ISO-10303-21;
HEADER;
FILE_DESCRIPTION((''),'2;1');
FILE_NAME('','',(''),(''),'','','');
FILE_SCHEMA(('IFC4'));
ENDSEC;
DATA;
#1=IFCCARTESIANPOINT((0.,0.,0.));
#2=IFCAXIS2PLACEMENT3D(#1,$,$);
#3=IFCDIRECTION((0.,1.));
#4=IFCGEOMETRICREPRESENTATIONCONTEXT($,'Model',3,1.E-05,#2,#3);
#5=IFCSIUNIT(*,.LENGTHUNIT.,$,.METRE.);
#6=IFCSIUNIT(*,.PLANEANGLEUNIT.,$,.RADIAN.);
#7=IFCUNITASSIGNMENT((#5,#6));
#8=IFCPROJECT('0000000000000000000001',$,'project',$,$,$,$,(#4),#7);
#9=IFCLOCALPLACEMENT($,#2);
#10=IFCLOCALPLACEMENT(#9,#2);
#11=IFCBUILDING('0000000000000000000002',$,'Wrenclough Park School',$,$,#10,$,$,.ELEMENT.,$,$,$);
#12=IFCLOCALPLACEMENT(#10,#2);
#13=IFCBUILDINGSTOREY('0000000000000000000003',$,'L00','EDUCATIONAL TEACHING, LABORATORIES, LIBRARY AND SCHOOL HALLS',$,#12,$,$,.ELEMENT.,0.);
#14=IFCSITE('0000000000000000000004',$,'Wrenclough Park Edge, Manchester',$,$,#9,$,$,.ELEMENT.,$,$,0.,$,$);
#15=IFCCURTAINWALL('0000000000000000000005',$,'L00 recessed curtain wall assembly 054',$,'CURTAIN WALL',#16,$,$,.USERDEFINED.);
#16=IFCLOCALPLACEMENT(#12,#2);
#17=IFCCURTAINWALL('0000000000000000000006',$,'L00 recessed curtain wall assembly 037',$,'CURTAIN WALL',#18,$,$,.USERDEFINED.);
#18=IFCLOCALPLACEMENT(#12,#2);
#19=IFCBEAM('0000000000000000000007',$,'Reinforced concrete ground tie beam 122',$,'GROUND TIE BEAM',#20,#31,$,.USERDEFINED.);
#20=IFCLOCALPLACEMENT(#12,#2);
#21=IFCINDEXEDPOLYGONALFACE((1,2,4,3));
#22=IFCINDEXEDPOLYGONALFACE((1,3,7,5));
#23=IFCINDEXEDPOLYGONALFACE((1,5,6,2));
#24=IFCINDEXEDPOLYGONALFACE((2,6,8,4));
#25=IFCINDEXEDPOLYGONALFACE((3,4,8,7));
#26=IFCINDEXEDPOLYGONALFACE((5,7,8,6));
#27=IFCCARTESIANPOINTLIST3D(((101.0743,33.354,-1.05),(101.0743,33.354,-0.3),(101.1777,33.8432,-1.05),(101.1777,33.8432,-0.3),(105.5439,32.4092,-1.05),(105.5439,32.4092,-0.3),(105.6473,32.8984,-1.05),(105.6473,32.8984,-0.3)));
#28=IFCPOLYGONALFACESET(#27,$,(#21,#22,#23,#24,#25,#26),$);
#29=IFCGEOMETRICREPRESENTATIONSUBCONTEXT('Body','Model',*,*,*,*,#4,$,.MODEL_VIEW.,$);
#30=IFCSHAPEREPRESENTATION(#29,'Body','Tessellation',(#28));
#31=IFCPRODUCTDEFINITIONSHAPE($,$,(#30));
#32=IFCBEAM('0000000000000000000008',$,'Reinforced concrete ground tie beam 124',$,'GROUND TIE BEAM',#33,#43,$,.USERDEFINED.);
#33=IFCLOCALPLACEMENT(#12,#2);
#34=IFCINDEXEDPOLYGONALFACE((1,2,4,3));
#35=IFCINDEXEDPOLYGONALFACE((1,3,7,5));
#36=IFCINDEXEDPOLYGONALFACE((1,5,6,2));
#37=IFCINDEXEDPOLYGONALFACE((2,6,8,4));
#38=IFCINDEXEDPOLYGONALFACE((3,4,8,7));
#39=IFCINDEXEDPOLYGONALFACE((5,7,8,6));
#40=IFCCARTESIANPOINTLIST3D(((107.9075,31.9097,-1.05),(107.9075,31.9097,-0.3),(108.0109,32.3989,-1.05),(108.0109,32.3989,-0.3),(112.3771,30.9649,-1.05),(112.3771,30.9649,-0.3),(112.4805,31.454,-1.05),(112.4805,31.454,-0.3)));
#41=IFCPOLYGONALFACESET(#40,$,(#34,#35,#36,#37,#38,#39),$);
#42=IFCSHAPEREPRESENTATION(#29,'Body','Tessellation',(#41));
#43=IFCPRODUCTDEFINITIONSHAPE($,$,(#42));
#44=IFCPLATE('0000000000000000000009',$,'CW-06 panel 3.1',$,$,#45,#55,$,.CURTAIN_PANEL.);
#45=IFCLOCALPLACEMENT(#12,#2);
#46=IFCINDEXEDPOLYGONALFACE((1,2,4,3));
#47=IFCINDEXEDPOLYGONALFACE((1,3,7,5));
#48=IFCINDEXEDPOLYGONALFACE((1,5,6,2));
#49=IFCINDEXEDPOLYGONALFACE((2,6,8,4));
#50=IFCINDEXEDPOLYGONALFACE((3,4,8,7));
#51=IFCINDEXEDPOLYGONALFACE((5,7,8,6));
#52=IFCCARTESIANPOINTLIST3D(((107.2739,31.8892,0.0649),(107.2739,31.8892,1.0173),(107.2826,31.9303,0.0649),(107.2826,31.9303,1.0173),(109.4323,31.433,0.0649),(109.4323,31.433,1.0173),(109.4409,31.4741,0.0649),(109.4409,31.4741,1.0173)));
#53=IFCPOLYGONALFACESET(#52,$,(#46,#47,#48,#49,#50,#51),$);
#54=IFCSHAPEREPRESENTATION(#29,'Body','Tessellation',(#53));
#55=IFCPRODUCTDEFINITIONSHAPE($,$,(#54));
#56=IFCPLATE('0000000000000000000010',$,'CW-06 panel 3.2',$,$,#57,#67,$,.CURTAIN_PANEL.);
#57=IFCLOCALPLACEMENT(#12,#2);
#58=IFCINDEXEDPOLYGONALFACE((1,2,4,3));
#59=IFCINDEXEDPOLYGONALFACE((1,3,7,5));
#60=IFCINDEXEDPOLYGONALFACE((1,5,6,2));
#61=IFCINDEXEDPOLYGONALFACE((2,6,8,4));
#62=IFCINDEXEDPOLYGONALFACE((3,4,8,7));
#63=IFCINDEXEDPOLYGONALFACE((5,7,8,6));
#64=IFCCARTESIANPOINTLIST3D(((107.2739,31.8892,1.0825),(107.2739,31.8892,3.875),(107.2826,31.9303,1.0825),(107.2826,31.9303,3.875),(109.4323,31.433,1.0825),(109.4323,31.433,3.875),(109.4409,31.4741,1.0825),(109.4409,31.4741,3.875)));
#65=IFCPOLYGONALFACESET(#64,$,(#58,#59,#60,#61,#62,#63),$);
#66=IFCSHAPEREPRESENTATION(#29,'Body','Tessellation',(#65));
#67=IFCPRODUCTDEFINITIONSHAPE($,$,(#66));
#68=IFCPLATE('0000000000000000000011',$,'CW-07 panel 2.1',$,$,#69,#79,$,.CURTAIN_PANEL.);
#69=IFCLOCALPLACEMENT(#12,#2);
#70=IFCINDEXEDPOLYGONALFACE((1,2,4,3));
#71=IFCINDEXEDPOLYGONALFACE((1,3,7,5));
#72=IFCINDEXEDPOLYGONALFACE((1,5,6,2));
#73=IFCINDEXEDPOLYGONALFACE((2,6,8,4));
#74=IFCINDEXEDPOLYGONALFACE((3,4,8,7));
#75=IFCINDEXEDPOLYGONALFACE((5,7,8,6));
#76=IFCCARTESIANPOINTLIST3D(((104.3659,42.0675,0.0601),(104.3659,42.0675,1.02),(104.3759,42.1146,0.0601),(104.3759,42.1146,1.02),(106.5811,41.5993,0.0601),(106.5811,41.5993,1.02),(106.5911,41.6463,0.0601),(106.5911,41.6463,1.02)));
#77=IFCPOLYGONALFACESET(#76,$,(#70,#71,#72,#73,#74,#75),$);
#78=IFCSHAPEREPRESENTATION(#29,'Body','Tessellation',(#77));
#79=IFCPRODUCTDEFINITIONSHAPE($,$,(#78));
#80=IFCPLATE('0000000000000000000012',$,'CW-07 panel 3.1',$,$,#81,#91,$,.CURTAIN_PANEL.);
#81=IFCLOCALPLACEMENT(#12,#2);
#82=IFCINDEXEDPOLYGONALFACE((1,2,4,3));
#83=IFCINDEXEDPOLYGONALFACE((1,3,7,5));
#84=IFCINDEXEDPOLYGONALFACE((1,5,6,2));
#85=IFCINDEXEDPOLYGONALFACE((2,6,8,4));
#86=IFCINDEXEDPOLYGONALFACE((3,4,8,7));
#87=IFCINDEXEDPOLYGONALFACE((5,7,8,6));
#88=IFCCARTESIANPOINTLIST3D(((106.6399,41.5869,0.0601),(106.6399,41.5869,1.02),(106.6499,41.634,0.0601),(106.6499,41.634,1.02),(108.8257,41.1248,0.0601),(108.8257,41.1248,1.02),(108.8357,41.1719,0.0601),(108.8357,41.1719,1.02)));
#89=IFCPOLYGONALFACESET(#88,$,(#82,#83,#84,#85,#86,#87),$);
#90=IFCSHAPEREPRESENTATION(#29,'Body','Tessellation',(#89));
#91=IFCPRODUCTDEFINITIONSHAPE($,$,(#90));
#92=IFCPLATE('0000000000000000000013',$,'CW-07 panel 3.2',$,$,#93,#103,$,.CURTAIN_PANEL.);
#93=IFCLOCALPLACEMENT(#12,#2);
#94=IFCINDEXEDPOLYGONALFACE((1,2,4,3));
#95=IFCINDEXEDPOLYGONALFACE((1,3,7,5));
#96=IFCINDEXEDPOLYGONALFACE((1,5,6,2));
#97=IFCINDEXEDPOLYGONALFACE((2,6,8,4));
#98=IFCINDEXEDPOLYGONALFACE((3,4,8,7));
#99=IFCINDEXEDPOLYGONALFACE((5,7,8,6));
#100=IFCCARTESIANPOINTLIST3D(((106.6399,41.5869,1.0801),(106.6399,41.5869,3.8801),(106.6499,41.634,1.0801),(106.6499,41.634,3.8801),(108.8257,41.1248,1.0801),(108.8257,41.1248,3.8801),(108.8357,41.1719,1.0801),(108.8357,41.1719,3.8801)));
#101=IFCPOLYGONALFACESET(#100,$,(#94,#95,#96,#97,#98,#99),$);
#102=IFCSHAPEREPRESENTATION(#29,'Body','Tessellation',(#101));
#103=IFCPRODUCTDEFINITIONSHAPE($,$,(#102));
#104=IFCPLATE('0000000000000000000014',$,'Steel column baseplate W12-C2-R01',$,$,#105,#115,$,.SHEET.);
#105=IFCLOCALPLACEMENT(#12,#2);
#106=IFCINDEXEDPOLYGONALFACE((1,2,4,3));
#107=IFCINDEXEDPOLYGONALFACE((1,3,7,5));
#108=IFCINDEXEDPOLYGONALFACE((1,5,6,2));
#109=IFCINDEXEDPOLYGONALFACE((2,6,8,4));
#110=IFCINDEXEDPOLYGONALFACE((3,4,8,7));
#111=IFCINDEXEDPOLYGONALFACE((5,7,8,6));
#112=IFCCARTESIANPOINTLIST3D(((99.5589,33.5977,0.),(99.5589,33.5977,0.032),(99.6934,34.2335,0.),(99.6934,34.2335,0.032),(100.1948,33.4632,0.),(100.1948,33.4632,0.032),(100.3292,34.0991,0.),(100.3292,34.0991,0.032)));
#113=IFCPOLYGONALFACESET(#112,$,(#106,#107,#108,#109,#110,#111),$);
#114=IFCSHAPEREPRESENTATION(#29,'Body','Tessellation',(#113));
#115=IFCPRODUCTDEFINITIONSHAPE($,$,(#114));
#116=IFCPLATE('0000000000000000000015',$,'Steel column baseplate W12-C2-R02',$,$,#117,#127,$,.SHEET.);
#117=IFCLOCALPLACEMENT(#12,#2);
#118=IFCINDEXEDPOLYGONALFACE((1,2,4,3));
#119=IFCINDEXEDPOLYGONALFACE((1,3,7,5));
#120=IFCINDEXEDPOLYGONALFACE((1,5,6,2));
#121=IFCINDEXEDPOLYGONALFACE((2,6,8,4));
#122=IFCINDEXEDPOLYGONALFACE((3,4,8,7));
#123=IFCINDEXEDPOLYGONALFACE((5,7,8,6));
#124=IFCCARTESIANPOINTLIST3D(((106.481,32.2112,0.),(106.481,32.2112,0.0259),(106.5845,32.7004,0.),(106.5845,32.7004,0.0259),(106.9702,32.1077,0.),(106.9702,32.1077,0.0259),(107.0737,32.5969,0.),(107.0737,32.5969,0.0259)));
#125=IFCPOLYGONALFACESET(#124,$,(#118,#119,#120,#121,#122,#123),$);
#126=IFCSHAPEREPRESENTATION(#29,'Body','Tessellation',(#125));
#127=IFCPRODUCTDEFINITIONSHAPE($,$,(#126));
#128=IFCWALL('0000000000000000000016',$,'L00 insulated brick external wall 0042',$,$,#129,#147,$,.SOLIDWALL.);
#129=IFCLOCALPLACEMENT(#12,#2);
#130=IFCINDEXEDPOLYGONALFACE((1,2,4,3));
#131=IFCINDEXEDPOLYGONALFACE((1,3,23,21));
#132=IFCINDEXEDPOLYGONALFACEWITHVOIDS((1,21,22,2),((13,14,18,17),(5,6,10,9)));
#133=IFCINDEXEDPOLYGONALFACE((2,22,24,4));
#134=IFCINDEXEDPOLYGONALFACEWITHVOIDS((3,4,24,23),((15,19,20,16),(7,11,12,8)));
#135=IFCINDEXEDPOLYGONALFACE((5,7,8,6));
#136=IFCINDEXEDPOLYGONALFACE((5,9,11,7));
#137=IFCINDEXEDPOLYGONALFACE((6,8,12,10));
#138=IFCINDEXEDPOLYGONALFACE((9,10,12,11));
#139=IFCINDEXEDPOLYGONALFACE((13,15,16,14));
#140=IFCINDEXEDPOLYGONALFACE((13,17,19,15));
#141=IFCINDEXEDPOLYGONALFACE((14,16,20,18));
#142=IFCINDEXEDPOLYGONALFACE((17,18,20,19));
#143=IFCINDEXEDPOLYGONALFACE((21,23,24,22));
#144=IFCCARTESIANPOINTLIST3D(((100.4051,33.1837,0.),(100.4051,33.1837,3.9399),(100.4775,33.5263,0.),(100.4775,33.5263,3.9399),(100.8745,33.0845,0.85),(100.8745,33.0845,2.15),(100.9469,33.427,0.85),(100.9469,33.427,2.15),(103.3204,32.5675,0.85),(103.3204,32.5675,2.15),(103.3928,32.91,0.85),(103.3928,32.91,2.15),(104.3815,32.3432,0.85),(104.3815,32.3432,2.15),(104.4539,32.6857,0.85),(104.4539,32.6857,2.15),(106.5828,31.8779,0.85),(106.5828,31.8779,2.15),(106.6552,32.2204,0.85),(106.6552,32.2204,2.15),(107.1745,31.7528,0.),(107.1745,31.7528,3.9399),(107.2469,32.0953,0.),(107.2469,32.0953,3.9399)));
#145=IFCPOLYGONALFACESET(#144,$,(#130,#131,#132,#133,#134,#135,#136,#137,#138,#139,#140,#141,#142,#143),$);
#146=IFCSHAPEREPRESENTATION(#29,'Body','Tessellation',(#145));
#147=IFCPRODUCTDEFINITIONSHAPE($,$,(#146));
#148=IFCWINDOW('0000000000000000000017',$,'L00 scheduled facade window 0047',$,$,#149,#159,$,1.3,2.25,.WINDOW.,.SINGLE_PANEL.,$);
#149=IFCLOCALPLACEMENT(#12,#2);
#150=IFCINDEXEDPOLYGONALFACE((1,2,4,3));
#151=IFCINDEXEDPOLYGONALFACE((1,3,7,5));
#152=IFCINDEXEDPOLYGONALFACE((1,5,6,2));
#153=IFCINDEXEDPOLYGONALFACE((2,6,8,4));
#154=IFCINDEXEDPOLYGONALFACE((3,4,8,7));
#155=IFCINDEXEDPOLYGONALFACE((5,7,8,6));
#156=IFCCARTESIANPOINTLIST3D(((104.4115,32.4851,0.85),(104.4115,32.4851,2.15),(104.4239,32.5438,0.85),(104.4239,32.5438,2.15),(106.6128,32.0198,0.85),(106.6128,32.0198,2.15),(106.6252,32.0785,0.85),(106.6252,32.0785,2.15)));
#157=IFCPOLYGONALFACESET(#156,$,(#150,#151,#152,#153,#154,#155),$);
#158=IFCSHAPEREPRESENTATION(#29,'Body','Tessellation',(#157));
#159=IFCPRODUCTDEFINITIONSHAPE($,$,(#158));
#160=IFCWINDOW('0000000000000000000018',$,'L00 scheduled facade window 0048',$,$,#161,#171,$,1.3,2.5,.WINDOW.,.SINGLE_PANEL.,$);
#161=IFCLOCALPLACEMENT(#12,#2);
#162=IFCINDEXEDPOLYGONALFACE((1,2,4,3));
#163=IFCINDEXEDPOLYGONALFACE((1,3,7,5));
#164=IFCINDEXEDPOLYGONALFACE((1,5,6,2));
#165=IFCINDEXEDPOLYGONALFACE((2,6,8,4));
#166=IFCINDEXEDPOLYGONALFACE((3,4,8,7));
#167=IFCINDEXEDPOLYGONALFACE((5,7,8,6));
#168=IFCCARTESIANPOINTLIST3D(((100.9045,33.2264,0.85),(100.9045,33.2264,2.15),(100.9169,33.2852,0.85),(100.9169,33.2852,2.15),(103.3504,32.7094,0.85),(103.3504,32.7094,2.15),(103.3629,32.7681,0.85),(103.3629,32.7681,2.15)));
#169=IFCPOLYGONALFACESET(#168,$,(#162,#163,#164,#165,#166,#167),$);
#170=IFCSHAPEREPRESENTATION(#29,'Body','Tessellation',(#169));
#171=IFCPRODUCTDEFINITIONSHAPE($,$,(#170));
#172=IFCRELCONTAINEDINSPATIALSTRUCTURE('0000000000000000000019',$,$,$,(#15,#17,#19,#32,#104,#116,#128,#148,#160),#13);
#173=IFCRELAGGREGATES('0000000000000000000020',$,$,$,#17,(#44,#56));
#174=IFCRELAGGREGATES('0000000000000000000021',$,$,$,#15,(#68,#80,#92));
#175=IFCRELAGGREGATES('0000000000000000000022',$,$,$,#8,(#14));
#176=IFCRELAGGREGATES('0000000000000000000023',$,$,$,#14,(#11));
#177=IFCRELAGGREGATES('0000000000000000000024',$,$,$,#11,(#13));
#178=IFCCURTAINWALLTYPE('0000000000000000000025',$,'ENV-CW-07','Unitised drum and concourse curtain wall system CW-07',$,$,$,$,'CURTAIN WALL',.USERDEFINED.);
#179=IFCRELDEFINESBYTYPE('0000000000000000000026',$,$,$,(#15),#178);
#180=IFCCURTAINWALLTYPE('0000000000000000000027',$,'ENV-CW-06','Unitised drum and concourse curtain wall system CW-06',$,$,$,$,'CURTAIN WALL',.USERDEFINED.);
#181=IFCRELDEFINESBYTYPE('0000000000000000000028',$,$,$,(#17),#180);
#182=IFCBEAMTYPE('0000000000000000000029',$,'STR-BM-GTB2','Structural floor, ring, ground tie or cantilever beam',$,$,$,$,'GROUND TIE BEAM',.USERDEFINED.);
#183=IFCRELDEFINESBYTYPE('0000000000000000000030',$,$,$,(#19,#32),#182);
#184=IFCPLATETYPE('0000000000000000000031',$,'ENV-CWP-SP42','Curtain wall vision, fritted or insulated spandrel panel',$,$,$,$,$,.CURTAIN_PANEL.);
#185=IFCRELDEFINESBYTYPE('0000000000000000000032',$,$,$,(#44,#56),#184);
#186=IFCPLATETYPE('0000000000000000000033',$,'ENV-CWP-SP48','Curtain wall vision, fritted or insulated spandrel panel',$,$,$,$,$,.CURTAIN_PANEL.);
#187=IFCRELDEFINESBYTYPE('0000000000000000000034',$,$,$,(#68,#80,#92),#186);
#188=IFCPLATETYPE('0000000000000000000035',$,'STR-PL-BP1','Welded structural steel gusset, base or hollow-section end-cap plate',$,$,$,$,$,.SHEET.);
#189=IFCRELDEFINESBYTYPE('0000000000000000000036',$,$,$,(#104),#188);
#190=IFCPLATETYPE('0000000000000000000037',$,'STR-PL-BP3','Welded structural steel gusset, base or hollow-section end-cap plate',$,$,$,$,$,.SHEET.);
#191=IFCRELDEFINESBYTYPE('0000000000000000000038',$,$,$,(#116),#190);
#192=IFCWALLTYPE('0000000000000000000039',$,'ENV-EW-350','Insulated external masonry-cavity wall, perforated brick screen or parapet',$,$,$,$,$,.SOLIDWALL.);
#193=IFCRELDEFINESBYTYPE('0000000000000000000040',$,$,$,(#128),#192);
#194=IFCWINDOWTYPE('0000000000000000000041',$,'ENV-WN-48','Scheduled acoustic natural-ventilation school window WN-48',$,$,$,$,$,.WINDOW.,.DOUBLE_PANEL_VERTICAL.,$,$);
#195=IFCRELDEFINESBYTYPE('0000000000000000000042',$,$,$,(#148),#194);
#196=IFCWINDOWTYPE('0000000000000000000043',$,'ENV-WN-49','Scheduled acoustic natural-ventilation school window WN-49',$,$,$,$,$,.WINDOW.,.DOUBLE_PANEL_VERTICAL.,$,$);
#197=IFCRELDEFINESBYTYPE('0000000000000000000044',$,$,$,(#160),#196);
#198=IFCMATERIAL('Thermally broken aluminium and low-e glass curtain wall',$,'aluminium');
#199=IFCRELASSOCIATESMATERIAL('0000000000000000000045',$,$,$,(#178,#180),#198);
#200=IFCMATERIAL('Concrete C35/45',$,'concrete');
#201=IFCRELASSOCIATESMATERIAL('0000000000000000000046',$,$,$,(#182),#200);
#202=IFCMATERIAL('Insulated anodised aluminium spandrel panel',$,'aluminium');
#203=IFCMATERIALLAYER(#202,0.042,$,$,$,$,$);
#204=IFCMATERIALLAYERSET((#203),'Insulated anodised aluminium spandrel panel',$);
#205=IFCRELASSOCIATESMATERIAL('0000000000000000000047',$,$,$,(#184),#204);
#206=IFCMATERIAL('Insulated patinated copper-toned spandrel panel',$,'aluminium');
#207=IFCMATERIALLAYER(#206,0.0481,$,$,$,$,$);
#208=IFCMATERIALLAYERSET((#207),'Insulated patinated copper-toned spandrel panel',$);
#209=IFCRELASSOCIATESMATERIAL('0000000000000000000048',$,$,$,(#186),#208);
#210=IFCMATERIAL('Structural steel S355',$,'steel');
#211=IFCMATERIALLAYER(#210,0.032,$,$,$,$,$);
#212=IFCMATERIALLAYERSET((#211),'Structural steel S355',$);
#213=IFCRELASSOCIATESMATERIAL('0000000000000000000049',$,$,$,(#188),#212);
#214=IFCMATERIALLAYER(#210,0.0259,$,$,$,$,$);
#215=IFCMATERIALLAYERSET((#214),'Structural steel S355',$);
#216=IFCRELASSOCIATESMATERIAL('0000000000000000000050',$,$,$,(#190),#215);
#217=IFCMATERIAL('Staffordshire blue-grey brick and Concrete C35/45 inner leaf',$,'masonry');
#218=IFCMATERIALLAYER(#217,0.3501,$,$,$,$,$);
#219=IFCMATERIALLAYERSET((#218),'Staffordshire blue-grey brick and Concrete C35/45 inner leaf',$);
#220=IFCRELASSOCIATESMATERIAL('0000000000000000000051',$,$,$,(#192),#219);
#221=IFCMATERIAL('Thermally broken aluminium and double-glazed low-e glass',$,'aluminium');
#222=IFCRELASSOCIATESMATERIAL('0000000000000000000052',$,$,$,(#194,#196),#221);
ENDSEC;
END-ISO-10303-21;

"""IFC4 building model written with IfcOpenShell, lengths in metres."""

from ifc_helpers import new_model, si_unit, direction, frame, frame_2d, origin, origin_2d, place, context, subcontext, project, spatial, rectangle, extrude, material, layer, layer_set, material_profile, profile_set, type_object, element, fill, aggregate, save


model = new_model("IFC4")

# Units and contexts
model_context = context("Model", 3, precision=1e-05, world=origin(), true_north=direction((0.0, 1.0)))
body_context = subcontext(model_context, "Body", "Model", "MODEL_VIEW")
ifc_project = project(units=[si_unit("LENGTHUNIT", "METRE"), si_unit("PLANEANGLEUNIT", "RADIAN")], contexts=[model_context])

# Site, building, storey
site_placement = place(None, origin())
site = spatial("IfcSite", under=ifc_project, at=site_placement, Name="Wrenclough Park Edge, Manchester", CompositionType="ELEMENT", RefElevation=0.0)
building_placement = place(site_placement, origin())
building = spatial("IfcBuilding", under=site, at=building_placement, Name="Wrenclough Park School", CompositionType="ELEMENT")
storey_placement = place(building_placement, origin())
storey = spatial("IfcBuildingStorey", under=building, at=storey_placement, Name="L00", Description="EDUCATIONAL TEACHING, LABORATORIES, LIBRARY AND SCHOOL HALLS", CompositionType="ELEMENT", Elevation=0.0)

# Shared definitions
ifc_material_1 = material(Name="Concrete C35/45", Category="concrete")

# Shared definitions
ifc_material_2 = material(Name="Structural steel S355", Category="steel")

# Curtain walls
ifc_material_3 = material(Name="Thermally broken aluminium and low-e glass curtain wall", Category="aluminium")
curtain_wall_type_1 = type_object("IfcCurtainWallType", Name="ENV-CW-07", Description="Unitised drum and concourse curtain wall system CW-07", ElementType="CURTAIN WALL", PredefinedType="USERDEFINED", material=ifc_material_3)
curtain_wall_1_placement = place(storey_placement, origin())
curtain_wall_1 = element("IfcCurtainWall", 1, at=curtain_wall_1_placement, inside=storey, type_object=curtain_wall_type_1, Name="L00 recessed curtain wall assembly 054", ObjectType="CURTAIN WALL", PredefinedType="USERDEFINED")
curtain_wall_type_2 = type_object("IfcCurtainWallType", Name="ENV-CW-06", Description="Unitised drum and concourse curtain wall system CW-06", ElementType="CURTAIN WALL", PredefinedType="USERDEFINED", material=ifc_material_3)
curtain_wall_2_placement = place(storey_placement, origin())
curtain_wall_2 = element("IfcCurtainWall", 2, at=curtain_wall_2_placement, inside=storey, type_object=curtain_wall_type_2, Name="L00 recessed curtain wall assembly 037", ObjectType="CURTAIN WALL", PredefinedType="USERDEFINED")

# Beams
ifc_material_profile_1 = material_profile(ifc_material_1, rectangle(XDim=0.5, YDim=0.75, at=origin_2d()), Name="RC GROUND 500x750")
ifc_profile_set_1 = profile_set([ifc_material_profile_1], Name="Concrete C35/45")
beam_type_1 = type_object("IfcBeamType", Name="STR-BM-GTB2", Description="Structural floor, ring, ground tie or cantilever beam", ElementType="GROUND TIE BEAM", PredefinedType="USERDEFINED", material=ifc_profile_set_1)
for number, where, z_axis, x_axis, name in (
    (3, (101.126, 33.5986, -0.675), (0.978378, -0.206824, 0.0), (0.206824, 0.978378, 0.0), "Reinforced concrete ground tie beam 122"),
    (4, (107.9592, 32.1543, -0.675), (0.978378, -0.206824, 0.0), (0.206824, 0.978378, 0.0), "Reinforced concrete ground tie beam 124"),
):
    element("IfcBeam", number, at=place(storey_placement, frame(where, z_axis=z_axis, x_axis=x_axis)), inside=storey, type_object=beam_type_1, Name=name, ObjectType="GROUND TIE BEAM", PredefinedType="USERDEFINED", context=body_context, shape_type="SweptSolid", body=[
        extrude(rectangle(XDim=0.5, YDim=0.75, at=origin_2d()), origin(), (0.0, 0.0, 1.0), 4.5684),
    ])

# Plates
ifc_material_4 = material(Name="Insulated anodised aluminium spandrel panel", Category="aluminium")
ifc_layer_1 = layer(ifc_material_4, 0.042)
ifc_layer_set_1 = layer_set([ifc_layer_1], Name="Insulated anodised aluminium spandrel panel")
plate_type_1 = type_object("IfcPlateType", Name="ENV-CWP-SP42", Description="Curtain wall vision, fritted or insulated spandrel panel", PredefinedType="CURTAIN_PANEL", material=ifc_layer_set_1)
plate_1_placement = place(storey_placement, frame((108.3574, 31.6816, 0.0649), z_axis=(0.0, 0.0, 1.0), x_axis=(-0.978379, 0.206818, 0.0)))
plate_1 = element("IfcPlate", 5, at=plate_1_placement, type_object=plate_type_1, Name="CW-06 panel 3.1", PredefinedType="CURTAIN_PANEL", context=body_context, shape_type="SweptSolid", body=[
    extrude(rectangle(XDim=2.2061, YDim=0.042, at=origin_2d()), origin(), (0.0, 0.0, 1.0), 0.9524),
])
plate_2_placement = place(storey_placement, frame((108.3574, 31.6816, 1.0825), z_axis=(0.0, 0.0, 1.0), x_axis=(-0.978379, 0.206818, 0.0)))
plate_2 = element("IfcPlate", 6, at=plate_2_placement, type_object=plate_type_1, Name="CW-06 panel 3.2", PredefinedType="CURTAIN_PANEL", context=body_context, shape_type="SweptSolid", body=[
    extrude(rectangle(XDim=2.2061, YDim=0.042, at=origin_2d()), origin(), (0.0, 0.0, 1.0), 2.7925),
])
aggregate(curtain_wall_2, [plate_1, plate_2])
ifc_material_5 = material(Name="Insulated patinated copper-toned spandrel panel", Category="aluminium")
ifc_layer_2 = layer(ifc_material_5, 0.0481)
ifc_layer_set_2 = layer_set([ifc_layer_2], Name="Insulated patinated copper-toned spandrel panel")
plate_type_2 = type_object("IfcPlateType", Name="ENV-CWP-SP48", Description="Curtain wall vision, fritted or insulated spandrel panel", PredefinedType="CURTAIN_PANEL", material=ifc_layer_set_2)
plate_3_placement = place(storey_placement, frame((105.4785, 41.8569, 0.0601), z_axis=(0.0, 0.0, 1.0), x_axis=(0.978379, -0.20682, 0.0)))
plate_3 = element("IfcPlate", 7, at=plate_3_placement, type_object=plate_type_2, Name="CW-07 panel 2.1", PredefinedType="CURTAIN_PANEL", context=body_context, shape_type="SweptSolid", body=[
    extrude(rectangle(XDim=2.2642, YDim=0.0481, at=origin_2d()), origin(), (0.0, 0.0, 1.0), 0.96),
])
plate_4_placement = place(storey_placement, frame((107.7378, 41.3794, 0.0601), z_axis=(0.0, 0.0, 1.0), x_axis=(0.978379, -0.20682, 0.0)))
plate_4 = element("IfcPlate", 8, at=plate_4_placement, type_object=plate_type_2, Name="CW-07 panel 3.1", PredefinedType="CURTAIN_PANEL", context=body_context, shape_type="SweptSolid", body=[
    extrude(rectangle(XDim=2.2341, YDim=0.0481, at=origin_2d()), origin(), (0.0, 0.0, 1.0), 0.96),
])
plate_5_placement = place(storey_placement, frame((107.7378, 41.3794, 1.0801), z_axis=(0.0, 0.0, 1.0), x_axis=(0.978379, -0.20682, 0.0)))
plate_5 = element("IfcPlate", 9, at=plate_5_placement, type_object=plate_type_2, Name="CW-07 panel 3.2", PredefinedType="CURTAIN_PANEL", context=body_context, shape_type="SweptSolid", body=[
    extrude(rectangle(XDim=2.2341, YDim=0.0481, at=origin_2d()), origin(), (0.0, 0.0, 1.0), 2.8),
])
aggregate(curtain_wall_1, [plate_3, plate_4, plate_5])

# Plates
ifc_layer_3 = layer(ifc_material_2, 0.032)
ifc_layer_set_3 = layer_set([ifc_layer_3], Name="Structural steel S355")
plate_type_3 = type_object("IfcPlateType", Name="STR-PL-BP1", Description="Welded structural steel gusset, base or hollow-section end-cap plate", PredefinedType="SHEET", material=ifc_layer_set_3)
plate_6_placement = place(storey_placement, frame((99.9441, 33.8484, 0.0), z_axis=(0.0, 0.0, 1.0), x_axis=(0.978365, -0.206887, 0.0)))
element("IfcPlate", 10, at=plate_6_placement, inside=storey, type_object=plate_type_3, Name="Steel column baseplate W12-C2-R01", PredefinedType="SHEET", context=body_context, shape_type="SweptSolid", body=[
    extrude(rectangle(XDim=0.6499, YDim=0.6499, at=origin_2d()), origin(), (0.0, 0.0, 1.0), 0.032),
])
ifc_layer_4 = layer(ifc_material_2, 0.0259)
ifc_layer_set_4 = layer_set([ifc_layer_4], Name="Structural steel S355")
plate_type_4 = type_object("IfcPlateType", Name="STR-PL-BP3", Description="Welded structural steel gusset, base or hollow-section end-cap plate", PredefinedType="SHEET", material=ifc_layer_set_4)
plate_7_placement = place(storey_placement, frame((106.7773, 32.4041, 0.0), z_axis=(0.0, 0.0, 1.0), x_axis=(0.978365, -0.206887, 0.0)))
element("IfcPlate", 11, at=plate_7_placement, inside=storey, type_object=plate_type_4, Name="Steel column baseplate W12-C2-R02", PredefinedType="SHEET", context=body_context, shape_type="SweptSolid", body=[
    extrude(rectangle(XDim=0.5, YDim=0.5, at=origin_2d()), origin(), (0.0, 0.0, 1.0), 0.0259),
])

# Wall, openings, windows
ifc_material_6 = material(Name="Staffordshire blue-grey brick and Concrete C35/45 inner leaf", Category="masonry")
ifc_layer_5 = layer(ifc_material_6, 0.3501)
ifc_layer_set_5 = layer_set([ifc_layer_5], Name="Staffordshire blue-grey brick and Concrete C35/45 inner leaf")
wall_type_1 = type_object("IfcWallType", Name="ENV-EW-350", Description="Insulated external masonry-cavity wall, perforated brick screen or parapet", PredefinedType="SOLIDWALL", material=ifc_layer_set_5)
wall_1_placement = place(storey_placement, frame((107.2107, 31.9241, 0.0), z_axis=(0.0, 0.0, 1.0), x_axis=(-0.978381, 0.206812, 0.0)))
wall_1 = element("IfcWall", 12, at=wall_1_placement, inside=storey, type_object=wall_type_1, Name="L00 insulated brick external wall 0042", PredefinedType="SOLIDWALL", context=body_context, shape_type="SweptSolid", body=[
    extrude(rectangle(XDim=6.9189, YDim=0.3501, at=frame_2d((3.4595, 0.0))), origin(), (0.0, 0.0, 1.0), 3.9399),
])
opening_1_placement = place(wall_1_placement, frame((0.6047, 0.0, 0.8501)))
opening_1 = element("IfcOpeningElement", 13, at=opening_1_placement, cuts=wall_1, PredefinedType="OPENING", context=body_context, shape_type="SweptSolid", body=[
    extrude(rectangle(XDim=2.25, YDim=1.3, at=frame_2d((1.125, 0.6499))), frame((0.0, 0.1851, 0.0), z_axis=(0.0, -1.0, 0.0), x_axis=(1.0, 0.0, 0.0)), (0.0, 0.0, 1.0), 0.3701),
])
opening_2_placement = place(wall_1_placement, frame((3.9392, 0.0, 0.8501)))
opening_2 = element("IfcOpeningElement", 14, at=opening_2_placement, cuts=wall_1, PredefinedType="OPENING", context=body_context, shape_type="SweptSolid", body=[
    extrude(rectangle(XDim=2.5, YDim=1.3, at=frame_2d((1.25, 0.6499))), frame((0.0, 0.1851, 0.0), z_axis=(0.0, -1.0, 0.0), x_axis=(1.0, 0.0, 0.0)), (0.0, 0.0, 1.0), 0.3701),
])
ifc_material_7 = material(Name="Thermally broken aluminium and double-glazed low-e glass", Category="aluminium")
window_type_1 = type_object("IfcWindowType", Name="ENV-WN-48", Description="Scheduled acoustic natural-ventilation school window WN-48", PartitioningType="DOUBLE_PANEL_VERTICAL", PredefinedType="WINDOW", material=ifc_material_7)
window_1_placement = place(opening_1_placement, origin())
window_1 = element("IfcWindow", 15, at=window_1_placement, inside=storey, type_object=window_type_1, Name="L00 scheduled facade window 0047", OverallHeight=1.3, OverallWidth=2.25, PartitioningType="SINGLE_PANEL", PredefinedType="WINDOW", context=body_context, shape_type="SweptSolid", body=[
    extrude(rectangle(XDim=2.25, YDim=1.3, at=frame_2d((1.125, 0.6499))), frame((0.0, 0.03, 0.0), z_axis=(0.0, -1.0, 0.0), x_axis=(1.0, 0.0, 0.0)), (0.0, 0.0, 1.0), 0.0601),
])
fill(opening_1, window_1)
window_type_2 = type_object("IfcWindowType", Name="ENV-WN-49", Description="Scheduled acoustic natural-ventilation school window WN-49", PartitioningType="DOUBLE_PANEL_VERTICAL", PredefinedType="WINDOW", material=ifc_material_7)
window_2_placement = place(opening_2_placement, origin())
window_2 = element("IfcWindow", 16, at=window_2_placement, inside=storey, type_object=window_type_2, Name="L00 scheduled facade window 0048", OverallHeight=1.3, OverallWidth=2.5, PartitioningType="SINGLE_PANEL", PredefinedType="WINDOW", context=body_context, shape_type="SweptSolid", body=[
    extrude(rectangle(XDim=2.5, YDim=1.3, at=frame_2d((1.25, 0.6499))), frame((0.0, 0.03, 0.0), z_axis=(0.0, -1.0, 0.0), x_axis=(1.0, 0.0, 0.0)), (0.0, 0.0, 1.0), 0.0601),
])
fill(opening_2, window_2)

save(model, "model.ifc")
